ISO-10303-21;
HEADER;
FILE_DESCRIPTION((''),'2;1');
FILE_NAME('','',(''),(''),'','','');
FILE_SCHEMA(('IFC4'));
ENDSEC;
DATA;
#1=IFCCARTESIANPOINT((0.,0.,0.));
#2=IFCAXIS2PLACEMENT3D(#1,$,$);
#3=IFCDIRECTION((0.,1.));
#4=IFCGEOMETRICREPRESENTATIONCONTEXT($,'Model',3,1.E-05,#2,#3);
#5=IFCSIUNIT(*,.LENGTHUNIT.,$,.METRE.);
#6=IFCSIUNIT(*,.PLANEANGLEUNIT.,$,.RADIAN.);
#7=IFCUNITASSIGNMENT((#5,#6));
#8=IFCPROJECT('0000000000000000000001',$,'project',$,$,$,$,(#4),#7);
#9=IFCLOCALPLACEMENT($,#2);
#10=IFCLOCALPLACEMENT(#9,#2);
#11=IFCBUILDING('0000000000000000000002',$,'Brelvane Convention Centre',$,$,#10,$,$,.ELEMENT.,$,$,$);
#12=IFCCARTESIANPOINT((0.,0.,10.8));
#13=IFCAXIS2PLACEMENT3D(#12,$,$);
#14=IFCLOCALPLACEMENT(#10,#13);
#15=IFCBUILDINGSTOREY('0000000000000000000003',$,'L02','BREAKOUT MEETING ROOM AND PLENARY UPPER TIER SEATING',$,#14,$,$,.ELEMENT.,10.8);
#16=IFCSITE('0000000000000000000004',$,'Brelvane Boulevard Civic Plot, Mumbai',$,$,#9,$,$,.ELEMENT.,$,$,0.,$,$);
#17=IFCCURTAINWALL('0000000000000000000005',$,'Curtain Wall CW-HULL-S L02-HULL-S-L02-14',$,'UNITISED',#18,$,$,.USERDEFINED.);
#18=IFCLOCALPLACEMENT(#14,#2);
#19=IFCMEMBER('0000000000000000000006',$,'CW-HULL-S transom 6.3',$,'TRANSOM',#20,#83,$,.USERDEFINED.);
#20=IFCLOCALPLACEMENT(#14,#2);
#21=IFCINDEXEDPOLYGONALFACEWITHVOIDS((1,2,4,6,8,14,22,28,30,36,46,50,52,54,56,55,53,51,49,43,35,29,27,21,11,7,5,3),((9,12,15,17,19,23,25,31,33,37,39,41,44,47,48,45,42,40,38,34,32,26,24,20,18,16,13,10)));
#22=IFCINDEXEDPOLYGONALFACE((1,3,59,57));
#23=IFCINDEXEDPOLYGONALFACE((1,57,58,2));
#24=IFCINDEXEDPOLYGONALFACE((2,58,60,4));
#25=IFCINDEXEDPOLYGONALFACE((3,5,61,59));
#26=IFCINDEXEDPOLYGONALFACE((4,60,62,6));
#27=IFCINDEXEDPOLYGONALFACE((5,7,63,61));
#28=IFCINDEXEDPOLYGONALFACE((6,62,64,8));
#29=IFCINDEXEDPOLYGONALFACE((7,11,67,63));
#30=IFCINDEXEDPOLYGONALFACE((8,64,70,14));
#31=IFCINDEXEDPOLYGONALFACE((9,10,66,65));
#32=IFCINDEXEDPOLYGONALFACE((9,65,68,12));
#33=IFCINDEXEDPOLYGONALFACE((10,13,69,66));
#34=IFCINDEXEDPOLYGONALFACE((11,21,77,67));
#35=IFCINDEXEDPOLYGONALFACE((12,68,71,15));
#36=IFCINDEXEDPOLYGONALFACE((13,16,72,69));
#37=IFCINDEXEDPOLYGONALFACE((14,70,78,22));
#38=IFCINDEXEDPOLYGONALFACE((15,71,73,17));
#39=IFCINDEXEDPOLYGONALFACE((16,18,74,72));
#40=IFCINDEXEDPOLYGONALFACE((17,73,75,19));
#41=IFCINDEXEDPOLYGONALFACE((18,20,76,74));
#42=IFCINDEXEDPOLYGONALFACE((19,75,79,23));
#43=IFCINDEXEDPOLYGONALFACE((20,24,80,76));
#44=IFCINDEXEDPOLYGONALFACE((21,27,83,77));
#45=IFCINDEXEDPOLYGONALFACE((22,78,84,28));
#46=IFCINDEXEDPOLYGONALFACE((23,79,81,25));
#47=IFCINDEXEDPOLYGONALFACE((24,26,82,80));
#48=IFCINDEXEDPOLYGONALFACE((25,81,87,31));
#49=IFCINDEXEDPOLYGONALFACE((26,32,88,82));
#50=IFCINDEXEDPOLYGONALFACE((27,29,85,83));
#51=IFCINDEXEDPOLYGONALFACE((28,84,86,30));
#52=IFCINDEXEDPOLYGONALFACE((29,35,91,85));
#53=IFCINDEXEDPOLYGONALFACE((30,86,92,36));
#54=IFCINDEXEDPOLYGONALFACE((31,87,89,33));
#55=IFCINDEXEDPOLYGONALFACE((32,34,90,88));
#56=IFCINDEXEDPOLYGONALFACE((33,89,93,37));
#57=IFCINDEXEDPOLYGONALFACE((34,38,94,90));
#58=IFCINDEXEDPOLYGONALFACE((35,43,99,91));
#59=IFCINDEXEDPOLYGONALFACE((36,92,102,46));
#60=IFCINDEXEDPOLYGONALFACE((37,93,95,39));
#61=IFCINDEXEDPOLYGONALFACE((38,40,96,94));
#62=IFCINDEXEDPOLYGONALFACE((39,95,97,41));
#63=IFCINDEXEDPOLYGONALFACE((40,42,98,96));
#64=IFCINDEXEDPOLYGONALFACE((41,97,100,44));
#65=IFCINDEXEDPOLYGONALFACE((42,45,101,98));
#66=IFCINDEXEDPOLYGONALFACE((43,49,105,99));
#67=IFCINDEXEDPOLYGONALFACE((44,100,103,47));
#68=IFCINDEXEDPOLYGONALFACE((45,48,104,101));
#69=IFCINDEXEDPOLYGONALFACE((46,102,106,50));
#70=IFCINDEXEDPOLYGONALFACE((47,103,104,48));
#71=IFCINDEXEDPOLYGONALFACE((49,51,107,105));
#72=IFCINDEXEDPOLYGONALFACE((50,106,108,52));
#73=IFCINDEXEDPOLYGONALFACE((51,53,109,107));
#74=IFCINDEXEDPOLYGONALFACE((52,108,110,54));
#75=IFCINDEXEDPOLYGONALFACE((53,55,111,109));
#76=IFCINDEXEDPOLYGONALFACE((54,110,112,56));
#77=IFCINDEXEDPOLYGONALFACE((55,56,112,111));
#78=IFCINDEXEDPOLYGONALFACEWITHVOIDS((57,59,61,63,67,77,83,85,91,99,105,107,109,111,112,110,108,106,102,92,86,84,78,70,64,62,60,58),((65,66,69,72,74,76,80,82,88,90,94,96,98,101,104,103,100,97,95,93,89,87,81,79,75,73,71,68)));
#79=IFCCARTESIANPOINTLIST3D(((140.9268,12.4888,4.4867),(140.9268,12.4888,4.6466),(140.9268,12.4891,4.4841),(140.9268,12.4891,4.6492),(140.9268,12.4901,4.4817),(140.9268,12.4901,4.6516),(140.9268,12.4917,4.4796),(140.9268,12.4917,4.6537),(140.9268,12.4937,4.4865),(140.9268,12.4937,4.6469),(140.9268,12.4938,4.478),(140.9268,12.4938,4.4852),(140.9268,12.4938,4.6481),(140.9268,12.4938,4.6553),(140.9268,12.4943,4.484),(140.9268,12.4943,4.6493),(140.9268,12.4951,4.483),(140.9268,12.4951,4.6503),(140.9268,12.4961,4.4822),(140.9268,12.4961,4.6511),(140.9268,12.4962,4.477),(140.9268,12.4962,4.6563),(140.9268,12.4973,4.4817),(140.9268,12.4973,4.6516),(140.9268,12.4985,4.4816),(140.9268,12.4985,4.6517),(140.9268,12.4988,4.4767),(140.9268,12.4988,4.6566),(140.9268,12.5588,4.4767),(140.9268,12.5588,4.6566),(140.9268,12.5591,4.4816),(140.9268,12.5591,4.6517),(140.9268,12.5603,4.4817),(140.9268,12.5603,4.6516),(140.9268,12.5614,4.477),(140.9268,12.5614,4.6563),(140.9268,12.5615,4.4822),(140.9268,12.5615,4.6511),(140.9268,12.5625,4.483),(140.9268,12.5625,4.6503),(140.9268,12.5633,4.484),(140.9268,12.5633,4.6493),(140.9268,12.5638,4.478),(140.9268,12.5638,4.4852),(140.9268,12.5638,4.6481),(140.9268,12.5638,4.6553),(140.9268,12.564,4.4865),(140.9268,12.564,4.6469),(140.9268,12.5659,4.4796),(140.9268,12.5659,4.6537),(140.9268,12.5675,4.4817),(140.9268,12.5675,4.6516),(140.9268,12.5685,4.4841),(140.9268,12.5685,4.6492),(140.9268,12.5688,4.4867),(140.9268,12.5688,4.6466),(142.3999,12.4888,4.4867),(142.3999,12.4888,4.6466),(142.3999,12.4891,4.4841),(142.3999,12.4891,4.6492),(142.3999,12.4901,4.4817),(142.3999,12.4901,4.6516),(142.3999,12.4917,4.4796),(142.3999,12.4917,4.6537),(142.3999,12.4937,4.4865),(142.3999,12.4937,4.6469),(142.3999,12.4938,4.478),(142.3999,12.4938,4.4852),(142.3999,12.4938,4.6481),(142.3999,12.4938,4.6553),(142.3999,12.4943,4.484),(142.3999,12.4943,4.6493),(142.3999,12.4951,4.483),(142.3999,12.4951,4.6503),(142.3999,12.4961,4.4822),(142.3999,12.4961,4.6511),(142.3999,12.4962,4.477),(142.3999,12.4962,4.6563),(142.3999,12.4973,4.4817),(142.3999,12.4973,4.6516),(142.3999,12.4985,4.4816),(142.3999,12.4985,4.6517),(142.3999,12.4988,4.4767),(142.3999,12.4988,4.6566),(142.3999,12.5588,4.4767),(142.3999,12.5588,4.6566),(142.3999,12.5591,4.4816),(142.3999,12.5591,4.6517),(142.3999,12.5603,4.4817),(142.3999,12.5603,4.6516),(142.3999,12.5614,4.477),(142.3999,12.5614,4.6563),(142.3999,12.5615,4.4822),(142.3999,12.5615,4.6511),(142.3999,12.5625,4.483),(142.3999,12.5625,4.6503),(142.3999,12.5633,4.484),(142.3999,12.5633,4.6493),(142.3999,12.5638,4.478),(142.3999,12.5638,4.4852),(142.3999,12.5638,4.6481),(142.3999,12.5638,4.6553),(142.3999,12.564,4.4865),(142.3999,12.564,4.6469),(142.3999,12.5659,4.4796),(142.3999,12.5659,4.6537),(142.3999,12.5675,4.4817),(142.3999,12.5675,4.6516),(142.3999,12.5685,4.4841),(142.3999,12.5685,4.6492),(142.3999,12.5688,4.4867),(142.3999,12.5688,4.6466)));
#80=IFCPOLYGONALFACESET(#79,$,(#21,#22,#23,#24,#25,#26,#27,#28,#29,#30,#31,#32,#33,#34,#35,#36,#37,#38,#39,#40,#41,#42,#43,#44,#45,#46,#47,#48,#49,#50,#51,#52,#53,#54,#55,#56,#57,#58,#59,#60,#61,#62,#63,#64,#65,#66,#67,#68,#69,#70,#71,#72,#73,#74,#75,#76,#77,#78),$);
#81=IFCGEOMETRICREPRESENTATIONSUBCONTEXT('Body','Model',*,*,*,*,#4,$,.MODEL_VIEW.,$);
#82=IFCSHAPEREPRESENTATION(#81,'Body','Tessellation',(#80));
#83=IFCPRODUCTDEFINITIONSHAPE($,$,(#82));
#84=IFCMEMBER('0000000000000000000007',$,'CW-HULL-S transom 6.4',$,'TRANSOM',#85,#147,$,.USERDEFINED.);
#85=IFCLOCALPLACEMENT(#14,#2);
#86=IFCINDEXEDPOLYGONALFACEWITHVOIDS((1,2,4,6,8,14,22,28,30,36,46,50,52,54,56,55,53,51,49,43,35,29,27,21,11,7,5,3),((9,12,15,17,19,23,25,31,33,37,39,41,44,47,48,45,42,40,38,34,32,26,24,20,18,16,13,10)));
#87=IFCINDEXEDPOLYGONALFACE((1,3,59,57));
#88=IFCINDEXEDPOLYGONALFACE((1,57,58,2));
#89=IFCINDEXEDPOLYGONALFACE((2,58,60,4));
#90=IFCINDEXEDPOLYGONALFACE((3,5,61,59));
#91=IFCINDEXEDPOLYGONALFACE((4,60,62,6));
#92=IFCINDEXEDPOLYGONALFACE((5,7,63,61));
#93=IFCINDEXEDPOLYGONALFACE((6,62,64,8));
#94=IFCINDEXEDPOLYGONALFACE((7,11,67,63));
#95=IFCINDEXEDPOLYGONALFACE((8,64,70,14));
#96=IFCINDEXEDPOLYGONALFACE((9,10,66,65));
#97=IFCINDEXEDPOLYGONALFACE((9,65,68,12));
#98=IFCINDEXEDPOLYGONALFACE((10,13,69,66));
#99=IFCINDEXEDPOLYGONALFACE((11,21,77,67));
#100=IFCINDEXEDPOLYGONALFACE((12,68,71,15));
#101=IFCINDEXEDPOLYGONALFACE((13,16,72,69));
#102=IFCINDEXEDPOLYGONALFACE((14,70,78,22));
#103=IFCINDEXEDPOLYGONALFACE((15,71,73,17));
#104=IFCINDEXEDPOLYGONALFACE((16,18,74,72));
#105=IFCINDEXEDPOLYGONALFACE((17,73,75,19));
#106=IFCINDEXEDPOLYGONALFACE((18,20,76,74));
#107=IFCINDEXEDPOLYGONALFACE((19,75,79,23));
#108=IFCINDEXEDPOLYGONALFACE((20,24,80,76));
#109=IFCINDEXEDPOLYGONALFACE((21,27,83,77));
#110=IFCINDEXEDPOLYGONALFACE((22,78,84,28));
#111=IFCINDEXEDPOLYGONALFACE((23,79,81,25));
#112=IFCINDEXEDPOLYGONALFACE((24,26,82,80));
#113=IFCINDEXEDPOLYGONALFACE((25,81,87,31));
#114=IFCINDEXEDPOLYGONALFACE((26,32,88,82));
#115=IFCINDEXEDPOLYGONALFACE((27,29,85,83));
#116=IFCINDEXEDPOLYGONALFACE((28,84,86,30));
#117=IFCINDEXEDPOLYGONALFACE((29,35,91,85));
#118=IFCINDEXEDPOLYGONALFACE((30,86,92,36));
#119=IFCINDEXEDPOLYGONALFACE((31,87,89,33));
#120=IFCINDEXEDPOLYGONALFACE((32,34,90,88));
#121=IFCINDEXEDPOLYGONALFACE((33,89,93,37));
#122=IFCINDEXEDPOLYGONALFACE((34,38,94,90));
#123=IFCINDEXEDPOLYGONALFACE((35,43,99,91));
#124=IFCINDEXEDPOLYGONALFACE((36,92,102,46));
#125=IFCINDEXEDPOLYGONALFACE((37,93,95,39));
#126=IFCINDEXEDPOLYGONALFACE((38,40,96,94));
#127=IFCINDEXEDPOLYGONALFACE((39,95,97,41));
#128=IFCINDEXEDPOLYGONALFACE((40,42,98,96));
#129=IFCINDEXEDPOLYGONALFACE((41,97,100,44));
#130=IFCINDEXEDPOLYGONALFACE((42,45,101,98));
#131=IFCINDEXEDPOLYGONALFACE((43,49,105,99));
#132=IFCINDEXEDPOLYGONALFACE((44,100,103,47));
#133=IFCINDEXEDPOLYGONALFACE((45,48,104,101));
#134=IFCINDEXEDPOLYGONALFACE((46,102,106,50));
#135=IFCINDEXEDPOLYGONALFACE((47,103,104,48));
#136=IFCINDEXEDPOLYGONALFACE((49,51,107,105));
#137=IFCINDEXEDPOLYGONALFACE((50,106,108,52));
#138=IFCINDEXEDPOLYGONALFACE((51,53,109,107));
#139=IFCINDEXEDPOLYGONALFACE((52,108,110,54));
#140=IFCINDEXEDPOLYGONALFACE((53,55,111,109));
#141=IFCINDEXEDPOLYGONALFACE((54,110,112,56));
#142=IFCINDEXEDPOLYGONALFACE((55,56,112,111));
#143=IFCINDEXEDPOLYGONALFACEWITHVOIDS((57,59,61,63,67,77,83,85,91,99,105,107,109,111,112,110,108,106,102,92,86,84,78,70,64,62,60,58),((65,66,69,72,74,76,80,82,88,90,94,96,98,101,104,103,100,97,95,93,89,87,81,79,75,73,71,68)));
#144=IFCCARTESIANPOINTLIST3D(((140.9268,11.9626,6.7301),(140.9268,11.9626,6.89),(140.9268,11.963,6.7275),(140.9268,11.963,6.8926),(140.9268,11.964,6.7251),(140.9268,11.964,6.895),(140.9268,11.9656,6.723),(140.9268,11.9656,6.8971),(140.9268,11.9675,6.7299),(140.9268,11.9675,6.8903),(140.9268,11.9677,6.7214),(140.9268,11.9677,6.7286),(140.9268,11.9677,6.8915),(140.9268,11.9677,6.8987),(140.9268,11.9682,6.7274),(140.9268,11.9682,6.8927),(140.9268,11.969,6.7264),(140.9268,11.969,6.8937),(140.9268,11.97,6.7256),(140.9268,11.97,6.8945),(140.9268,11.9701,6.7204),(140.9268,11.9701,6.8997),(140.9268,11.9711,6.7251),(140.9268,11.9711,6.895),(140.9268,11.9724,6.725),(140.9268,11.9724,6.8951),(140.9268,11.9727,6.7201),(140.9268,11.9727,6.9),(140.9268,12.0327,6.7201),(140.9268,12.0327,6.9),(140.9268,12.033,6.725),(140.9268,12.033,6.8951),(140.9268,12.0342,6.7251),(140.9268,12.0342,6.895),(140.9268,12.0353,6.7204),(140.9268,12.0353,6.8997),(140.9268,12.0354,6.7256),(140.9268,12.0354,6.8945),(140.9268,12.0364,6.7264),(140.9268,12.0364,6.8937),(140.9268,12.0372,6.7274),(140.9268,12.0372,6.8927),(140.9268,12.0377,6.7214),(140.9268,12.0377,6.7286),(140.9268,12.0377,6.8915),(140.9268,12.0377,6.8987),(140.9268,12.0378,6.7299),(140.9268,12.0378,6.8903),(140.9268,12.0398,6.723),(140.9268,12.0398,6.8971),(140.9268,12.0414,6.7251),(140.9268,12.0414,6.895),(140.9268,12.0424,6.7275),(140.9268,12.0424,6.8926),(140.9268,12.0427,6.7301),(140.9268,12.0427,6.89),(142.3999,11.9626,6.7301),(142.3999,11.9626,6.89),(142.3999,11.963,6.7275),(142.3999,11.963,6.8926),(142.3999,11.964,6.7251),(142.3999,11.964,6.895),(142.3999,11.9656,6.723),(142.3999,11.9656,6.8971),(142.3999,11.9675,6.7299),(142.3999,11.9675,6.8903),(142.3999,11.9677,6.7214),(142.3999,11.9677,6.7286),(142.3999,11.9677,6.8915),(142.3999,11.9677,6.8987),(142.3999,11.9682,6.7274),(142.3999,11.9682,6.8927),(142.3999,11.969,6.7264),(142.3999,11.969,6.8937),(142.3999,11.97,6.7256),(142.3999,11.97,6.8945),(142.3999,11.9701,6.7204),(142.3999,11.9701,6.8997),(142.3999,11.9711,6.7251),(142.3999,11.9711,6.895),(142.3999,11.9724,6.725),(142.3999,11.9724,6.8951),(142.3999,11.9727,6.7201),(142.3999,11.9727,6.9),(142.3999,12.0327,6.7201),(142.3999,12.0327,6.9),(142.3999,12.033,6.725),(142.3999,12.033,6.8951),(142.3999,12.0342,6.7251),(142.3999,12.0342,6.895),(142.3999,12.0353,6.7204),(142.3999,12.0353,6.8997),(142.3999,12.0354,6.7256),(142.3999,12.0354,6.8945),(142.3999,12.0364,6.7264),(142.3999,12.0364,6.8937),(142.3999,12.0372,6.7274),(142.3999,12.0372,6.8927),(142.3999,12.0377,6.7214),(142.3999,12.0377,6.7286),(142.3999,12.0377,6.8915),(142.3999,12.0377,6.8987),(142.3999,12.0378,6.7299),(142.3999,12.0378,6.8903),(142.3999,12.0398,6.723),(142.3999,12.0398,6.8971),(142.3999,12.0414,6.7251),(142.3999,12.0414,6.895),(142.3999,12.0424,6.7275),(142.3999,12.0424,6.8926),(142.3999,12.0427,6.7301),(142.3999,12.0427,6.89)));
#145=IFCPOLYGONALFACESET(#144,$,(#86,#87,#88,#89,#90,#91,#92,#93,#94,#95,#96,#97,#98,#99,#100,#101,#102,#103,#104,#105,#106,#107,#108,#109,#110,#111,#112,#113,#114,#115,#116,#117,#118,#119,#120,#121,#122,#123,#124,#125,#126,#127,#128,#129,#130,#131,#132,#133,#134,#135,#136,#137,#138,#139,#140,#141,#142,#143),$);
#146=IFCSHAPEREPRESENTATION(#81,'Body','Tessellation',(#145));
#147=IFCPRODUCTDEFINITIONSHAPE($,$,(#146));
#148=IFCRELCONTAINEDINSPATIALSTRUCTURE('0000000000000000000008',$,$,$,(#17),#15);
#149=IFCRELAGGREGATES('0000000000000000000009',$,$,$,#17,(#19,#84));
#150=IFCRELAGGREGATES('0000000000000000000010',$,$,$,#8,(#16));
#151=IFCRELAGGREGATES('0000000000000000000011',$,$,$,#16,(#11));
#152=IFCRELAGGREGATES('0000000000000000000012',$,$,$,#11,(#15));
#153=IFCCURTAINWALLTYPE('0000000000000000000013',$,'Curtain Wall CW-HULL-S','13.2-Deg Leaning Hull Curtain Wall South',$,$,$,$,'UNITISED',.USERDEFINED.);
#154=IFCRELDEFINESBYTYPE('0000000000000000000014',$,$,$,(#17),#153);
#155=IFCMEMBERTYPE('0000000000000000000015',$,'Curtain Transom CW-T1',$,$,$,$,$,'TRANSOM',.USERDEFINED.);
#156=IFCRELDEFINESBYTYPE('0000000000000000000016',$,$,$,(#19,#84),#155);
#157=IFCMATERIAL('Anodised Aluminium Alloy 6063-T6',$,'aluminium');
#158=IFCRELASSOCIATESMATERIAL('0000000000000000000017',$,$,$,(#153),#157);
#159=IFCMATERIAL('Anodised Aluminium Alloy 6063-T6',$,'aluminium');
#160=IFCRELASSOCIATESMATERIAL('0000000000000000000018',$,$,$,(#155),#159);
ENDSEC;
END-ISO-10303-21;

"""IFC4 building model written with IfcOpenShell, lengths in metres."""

from ifc_helpers import new_model, si_unit, direction, frame, origin, origin_2d, place, context, subcontext, project, spatial, hollow_rectangle, extrude, material, material_profile, profile_set, type_object, element, aggregate, save


model = new_model("IFC4")

# Units and contexts
model_context = context("Model", 3, precision=1e-05, world=origin(), true_north=direction((0.0, 1.0)))
body_context = subcontext(model_context, "Body", "Model", "MODEL_VIEW")
ifc_project = project(units=[si_unit("LENGTHUNIT", "METRE"), si_unit("PLANEANGLEUNIT", "RADIAN")], contexts=[model_context])

# Site, building, storey
site_placement = place(None, origin())
site = spatial("IfcSite", under=ifc_project, at=site_placement, Name="Brelvane Boulevard Civic Plot, Mumbai", CompositionType="ELEMENT", RefElevation=0.0)
building_placement = place(site_placement, origin())
building = spatial("IfcBuilding", under=site, at=building_placement, Name="Brelvane Convention Centre", CompositionType="ELEMENT")
storey_placement = place(building_placement, frame((0.0, 0.0, 10.8)))
storey = spatial("IfcBuildingStorey", under=building, at=storey_placement, Name="L02", Description="BREAKOUT MEETING ROOM AND PLENARY UPPER TIER SEATING", CompositionType="ELEMENT", Elevation=10.8)

# Curtain wall, members
ifc_material_1 = material(Name="Anodised Aluminium Alloy 6063-T6", Category="aluminium")
curtain_wall_type = type_object("IfcCurtainWallType", Name="Curtain Wall CW-HULL-S", Description="13.2-Deg Leaning Hull Curtain Wall South", ElementType="UNITISED", PredefinedType="USERDEFINED", material=ifc_material_1)
curtain_wall_1_placement = place(storey_placement, origin())
curtain_wall_1 = element("IfcCurtainWall", 1, at=curtain_wall_1_placement, inside=storey, type_object=curtain_wall_type, Name="Curtain Wall CW-HULL-S L02-HULL-S-L02-14", ObjectType="UNITISED", PredefinedType="USERDEFINED")
ifc_material_2 = material(Name="Anodised Aluminium Alloy 6063-T6", Category="aluminium")
ifc_material_profile = material_profile(ifc_material_2, hollow_rectangle(XDim=0.0801, YDim=0.1799, WallThickness=0.0049, InnerFilletRadius=0.0049, OuterFilletRadius=0.01, at=origin_2d()), Name="ALU-T 180x80x5.0")
ifc_profile_set = profile_set([ifc_material_profile], Name="Anodised Aluminium Alloy 6063-T6")
member_type = type_object("IfcMemberType", Name="Curtain Transom CW-T1", ElementType="TRANSOM", PredefinedType="USERDEFINED", material=ifc_profile_set)
member_1_placement = place(storey_placement, frame((140.9268, 12.5288, 4.5667), z_axis=(1.0, 0.0, 0.0), x_axis=(0.0, 1.0, 0.0)))
member_1 = element("IfcMember", 2, at=member_1_placement, type_object=member_type, Name="CW-HULL-S transom 6.3", ObjectType="TRANSOM", PredefinedType="USERDEFINED", context=body_context, shape_type="SweptSolid", body=[
    extrude(hollow_rectangle(XDim=0.0801, YDim=0.1799, WallThickness=0.0049, InnerFilletRadius=0.0049, OuterFilletRadius=0.01, at=origin_2d()), origin(), (0.0, 0.0, 1.0), 1.4731),
])
member_2_placement = place(storey_placement, frame((140.9268, 12.0027, 6.8101), z_axis=(1.0, 0.0, 0.0), x_axis=(0.0, 1.0, 0.0)))
member_2 = element("IfcMember", 3, at=member_2_placement, type_object=member_type, Name="CW-HULL-S transom 6.4", ObjectType="TRANSOM", PredefinedType="USERDEFINED", context=body_context, shape_type="SweptSolid", body=[
    extrude(hollow_rectangle(XDim=0.0801, YDim=0.1799, WallThickness=0.0049, InnerFilletRadius=0.0049, OuterFilletRadius=0.01, at=origin_2d()), origin(), (0.0, 0.0, 1.0), 1.4731),
])

aggregate(curtain_wall_1, [member_1, member_2])

save(model, "model.ifc")
